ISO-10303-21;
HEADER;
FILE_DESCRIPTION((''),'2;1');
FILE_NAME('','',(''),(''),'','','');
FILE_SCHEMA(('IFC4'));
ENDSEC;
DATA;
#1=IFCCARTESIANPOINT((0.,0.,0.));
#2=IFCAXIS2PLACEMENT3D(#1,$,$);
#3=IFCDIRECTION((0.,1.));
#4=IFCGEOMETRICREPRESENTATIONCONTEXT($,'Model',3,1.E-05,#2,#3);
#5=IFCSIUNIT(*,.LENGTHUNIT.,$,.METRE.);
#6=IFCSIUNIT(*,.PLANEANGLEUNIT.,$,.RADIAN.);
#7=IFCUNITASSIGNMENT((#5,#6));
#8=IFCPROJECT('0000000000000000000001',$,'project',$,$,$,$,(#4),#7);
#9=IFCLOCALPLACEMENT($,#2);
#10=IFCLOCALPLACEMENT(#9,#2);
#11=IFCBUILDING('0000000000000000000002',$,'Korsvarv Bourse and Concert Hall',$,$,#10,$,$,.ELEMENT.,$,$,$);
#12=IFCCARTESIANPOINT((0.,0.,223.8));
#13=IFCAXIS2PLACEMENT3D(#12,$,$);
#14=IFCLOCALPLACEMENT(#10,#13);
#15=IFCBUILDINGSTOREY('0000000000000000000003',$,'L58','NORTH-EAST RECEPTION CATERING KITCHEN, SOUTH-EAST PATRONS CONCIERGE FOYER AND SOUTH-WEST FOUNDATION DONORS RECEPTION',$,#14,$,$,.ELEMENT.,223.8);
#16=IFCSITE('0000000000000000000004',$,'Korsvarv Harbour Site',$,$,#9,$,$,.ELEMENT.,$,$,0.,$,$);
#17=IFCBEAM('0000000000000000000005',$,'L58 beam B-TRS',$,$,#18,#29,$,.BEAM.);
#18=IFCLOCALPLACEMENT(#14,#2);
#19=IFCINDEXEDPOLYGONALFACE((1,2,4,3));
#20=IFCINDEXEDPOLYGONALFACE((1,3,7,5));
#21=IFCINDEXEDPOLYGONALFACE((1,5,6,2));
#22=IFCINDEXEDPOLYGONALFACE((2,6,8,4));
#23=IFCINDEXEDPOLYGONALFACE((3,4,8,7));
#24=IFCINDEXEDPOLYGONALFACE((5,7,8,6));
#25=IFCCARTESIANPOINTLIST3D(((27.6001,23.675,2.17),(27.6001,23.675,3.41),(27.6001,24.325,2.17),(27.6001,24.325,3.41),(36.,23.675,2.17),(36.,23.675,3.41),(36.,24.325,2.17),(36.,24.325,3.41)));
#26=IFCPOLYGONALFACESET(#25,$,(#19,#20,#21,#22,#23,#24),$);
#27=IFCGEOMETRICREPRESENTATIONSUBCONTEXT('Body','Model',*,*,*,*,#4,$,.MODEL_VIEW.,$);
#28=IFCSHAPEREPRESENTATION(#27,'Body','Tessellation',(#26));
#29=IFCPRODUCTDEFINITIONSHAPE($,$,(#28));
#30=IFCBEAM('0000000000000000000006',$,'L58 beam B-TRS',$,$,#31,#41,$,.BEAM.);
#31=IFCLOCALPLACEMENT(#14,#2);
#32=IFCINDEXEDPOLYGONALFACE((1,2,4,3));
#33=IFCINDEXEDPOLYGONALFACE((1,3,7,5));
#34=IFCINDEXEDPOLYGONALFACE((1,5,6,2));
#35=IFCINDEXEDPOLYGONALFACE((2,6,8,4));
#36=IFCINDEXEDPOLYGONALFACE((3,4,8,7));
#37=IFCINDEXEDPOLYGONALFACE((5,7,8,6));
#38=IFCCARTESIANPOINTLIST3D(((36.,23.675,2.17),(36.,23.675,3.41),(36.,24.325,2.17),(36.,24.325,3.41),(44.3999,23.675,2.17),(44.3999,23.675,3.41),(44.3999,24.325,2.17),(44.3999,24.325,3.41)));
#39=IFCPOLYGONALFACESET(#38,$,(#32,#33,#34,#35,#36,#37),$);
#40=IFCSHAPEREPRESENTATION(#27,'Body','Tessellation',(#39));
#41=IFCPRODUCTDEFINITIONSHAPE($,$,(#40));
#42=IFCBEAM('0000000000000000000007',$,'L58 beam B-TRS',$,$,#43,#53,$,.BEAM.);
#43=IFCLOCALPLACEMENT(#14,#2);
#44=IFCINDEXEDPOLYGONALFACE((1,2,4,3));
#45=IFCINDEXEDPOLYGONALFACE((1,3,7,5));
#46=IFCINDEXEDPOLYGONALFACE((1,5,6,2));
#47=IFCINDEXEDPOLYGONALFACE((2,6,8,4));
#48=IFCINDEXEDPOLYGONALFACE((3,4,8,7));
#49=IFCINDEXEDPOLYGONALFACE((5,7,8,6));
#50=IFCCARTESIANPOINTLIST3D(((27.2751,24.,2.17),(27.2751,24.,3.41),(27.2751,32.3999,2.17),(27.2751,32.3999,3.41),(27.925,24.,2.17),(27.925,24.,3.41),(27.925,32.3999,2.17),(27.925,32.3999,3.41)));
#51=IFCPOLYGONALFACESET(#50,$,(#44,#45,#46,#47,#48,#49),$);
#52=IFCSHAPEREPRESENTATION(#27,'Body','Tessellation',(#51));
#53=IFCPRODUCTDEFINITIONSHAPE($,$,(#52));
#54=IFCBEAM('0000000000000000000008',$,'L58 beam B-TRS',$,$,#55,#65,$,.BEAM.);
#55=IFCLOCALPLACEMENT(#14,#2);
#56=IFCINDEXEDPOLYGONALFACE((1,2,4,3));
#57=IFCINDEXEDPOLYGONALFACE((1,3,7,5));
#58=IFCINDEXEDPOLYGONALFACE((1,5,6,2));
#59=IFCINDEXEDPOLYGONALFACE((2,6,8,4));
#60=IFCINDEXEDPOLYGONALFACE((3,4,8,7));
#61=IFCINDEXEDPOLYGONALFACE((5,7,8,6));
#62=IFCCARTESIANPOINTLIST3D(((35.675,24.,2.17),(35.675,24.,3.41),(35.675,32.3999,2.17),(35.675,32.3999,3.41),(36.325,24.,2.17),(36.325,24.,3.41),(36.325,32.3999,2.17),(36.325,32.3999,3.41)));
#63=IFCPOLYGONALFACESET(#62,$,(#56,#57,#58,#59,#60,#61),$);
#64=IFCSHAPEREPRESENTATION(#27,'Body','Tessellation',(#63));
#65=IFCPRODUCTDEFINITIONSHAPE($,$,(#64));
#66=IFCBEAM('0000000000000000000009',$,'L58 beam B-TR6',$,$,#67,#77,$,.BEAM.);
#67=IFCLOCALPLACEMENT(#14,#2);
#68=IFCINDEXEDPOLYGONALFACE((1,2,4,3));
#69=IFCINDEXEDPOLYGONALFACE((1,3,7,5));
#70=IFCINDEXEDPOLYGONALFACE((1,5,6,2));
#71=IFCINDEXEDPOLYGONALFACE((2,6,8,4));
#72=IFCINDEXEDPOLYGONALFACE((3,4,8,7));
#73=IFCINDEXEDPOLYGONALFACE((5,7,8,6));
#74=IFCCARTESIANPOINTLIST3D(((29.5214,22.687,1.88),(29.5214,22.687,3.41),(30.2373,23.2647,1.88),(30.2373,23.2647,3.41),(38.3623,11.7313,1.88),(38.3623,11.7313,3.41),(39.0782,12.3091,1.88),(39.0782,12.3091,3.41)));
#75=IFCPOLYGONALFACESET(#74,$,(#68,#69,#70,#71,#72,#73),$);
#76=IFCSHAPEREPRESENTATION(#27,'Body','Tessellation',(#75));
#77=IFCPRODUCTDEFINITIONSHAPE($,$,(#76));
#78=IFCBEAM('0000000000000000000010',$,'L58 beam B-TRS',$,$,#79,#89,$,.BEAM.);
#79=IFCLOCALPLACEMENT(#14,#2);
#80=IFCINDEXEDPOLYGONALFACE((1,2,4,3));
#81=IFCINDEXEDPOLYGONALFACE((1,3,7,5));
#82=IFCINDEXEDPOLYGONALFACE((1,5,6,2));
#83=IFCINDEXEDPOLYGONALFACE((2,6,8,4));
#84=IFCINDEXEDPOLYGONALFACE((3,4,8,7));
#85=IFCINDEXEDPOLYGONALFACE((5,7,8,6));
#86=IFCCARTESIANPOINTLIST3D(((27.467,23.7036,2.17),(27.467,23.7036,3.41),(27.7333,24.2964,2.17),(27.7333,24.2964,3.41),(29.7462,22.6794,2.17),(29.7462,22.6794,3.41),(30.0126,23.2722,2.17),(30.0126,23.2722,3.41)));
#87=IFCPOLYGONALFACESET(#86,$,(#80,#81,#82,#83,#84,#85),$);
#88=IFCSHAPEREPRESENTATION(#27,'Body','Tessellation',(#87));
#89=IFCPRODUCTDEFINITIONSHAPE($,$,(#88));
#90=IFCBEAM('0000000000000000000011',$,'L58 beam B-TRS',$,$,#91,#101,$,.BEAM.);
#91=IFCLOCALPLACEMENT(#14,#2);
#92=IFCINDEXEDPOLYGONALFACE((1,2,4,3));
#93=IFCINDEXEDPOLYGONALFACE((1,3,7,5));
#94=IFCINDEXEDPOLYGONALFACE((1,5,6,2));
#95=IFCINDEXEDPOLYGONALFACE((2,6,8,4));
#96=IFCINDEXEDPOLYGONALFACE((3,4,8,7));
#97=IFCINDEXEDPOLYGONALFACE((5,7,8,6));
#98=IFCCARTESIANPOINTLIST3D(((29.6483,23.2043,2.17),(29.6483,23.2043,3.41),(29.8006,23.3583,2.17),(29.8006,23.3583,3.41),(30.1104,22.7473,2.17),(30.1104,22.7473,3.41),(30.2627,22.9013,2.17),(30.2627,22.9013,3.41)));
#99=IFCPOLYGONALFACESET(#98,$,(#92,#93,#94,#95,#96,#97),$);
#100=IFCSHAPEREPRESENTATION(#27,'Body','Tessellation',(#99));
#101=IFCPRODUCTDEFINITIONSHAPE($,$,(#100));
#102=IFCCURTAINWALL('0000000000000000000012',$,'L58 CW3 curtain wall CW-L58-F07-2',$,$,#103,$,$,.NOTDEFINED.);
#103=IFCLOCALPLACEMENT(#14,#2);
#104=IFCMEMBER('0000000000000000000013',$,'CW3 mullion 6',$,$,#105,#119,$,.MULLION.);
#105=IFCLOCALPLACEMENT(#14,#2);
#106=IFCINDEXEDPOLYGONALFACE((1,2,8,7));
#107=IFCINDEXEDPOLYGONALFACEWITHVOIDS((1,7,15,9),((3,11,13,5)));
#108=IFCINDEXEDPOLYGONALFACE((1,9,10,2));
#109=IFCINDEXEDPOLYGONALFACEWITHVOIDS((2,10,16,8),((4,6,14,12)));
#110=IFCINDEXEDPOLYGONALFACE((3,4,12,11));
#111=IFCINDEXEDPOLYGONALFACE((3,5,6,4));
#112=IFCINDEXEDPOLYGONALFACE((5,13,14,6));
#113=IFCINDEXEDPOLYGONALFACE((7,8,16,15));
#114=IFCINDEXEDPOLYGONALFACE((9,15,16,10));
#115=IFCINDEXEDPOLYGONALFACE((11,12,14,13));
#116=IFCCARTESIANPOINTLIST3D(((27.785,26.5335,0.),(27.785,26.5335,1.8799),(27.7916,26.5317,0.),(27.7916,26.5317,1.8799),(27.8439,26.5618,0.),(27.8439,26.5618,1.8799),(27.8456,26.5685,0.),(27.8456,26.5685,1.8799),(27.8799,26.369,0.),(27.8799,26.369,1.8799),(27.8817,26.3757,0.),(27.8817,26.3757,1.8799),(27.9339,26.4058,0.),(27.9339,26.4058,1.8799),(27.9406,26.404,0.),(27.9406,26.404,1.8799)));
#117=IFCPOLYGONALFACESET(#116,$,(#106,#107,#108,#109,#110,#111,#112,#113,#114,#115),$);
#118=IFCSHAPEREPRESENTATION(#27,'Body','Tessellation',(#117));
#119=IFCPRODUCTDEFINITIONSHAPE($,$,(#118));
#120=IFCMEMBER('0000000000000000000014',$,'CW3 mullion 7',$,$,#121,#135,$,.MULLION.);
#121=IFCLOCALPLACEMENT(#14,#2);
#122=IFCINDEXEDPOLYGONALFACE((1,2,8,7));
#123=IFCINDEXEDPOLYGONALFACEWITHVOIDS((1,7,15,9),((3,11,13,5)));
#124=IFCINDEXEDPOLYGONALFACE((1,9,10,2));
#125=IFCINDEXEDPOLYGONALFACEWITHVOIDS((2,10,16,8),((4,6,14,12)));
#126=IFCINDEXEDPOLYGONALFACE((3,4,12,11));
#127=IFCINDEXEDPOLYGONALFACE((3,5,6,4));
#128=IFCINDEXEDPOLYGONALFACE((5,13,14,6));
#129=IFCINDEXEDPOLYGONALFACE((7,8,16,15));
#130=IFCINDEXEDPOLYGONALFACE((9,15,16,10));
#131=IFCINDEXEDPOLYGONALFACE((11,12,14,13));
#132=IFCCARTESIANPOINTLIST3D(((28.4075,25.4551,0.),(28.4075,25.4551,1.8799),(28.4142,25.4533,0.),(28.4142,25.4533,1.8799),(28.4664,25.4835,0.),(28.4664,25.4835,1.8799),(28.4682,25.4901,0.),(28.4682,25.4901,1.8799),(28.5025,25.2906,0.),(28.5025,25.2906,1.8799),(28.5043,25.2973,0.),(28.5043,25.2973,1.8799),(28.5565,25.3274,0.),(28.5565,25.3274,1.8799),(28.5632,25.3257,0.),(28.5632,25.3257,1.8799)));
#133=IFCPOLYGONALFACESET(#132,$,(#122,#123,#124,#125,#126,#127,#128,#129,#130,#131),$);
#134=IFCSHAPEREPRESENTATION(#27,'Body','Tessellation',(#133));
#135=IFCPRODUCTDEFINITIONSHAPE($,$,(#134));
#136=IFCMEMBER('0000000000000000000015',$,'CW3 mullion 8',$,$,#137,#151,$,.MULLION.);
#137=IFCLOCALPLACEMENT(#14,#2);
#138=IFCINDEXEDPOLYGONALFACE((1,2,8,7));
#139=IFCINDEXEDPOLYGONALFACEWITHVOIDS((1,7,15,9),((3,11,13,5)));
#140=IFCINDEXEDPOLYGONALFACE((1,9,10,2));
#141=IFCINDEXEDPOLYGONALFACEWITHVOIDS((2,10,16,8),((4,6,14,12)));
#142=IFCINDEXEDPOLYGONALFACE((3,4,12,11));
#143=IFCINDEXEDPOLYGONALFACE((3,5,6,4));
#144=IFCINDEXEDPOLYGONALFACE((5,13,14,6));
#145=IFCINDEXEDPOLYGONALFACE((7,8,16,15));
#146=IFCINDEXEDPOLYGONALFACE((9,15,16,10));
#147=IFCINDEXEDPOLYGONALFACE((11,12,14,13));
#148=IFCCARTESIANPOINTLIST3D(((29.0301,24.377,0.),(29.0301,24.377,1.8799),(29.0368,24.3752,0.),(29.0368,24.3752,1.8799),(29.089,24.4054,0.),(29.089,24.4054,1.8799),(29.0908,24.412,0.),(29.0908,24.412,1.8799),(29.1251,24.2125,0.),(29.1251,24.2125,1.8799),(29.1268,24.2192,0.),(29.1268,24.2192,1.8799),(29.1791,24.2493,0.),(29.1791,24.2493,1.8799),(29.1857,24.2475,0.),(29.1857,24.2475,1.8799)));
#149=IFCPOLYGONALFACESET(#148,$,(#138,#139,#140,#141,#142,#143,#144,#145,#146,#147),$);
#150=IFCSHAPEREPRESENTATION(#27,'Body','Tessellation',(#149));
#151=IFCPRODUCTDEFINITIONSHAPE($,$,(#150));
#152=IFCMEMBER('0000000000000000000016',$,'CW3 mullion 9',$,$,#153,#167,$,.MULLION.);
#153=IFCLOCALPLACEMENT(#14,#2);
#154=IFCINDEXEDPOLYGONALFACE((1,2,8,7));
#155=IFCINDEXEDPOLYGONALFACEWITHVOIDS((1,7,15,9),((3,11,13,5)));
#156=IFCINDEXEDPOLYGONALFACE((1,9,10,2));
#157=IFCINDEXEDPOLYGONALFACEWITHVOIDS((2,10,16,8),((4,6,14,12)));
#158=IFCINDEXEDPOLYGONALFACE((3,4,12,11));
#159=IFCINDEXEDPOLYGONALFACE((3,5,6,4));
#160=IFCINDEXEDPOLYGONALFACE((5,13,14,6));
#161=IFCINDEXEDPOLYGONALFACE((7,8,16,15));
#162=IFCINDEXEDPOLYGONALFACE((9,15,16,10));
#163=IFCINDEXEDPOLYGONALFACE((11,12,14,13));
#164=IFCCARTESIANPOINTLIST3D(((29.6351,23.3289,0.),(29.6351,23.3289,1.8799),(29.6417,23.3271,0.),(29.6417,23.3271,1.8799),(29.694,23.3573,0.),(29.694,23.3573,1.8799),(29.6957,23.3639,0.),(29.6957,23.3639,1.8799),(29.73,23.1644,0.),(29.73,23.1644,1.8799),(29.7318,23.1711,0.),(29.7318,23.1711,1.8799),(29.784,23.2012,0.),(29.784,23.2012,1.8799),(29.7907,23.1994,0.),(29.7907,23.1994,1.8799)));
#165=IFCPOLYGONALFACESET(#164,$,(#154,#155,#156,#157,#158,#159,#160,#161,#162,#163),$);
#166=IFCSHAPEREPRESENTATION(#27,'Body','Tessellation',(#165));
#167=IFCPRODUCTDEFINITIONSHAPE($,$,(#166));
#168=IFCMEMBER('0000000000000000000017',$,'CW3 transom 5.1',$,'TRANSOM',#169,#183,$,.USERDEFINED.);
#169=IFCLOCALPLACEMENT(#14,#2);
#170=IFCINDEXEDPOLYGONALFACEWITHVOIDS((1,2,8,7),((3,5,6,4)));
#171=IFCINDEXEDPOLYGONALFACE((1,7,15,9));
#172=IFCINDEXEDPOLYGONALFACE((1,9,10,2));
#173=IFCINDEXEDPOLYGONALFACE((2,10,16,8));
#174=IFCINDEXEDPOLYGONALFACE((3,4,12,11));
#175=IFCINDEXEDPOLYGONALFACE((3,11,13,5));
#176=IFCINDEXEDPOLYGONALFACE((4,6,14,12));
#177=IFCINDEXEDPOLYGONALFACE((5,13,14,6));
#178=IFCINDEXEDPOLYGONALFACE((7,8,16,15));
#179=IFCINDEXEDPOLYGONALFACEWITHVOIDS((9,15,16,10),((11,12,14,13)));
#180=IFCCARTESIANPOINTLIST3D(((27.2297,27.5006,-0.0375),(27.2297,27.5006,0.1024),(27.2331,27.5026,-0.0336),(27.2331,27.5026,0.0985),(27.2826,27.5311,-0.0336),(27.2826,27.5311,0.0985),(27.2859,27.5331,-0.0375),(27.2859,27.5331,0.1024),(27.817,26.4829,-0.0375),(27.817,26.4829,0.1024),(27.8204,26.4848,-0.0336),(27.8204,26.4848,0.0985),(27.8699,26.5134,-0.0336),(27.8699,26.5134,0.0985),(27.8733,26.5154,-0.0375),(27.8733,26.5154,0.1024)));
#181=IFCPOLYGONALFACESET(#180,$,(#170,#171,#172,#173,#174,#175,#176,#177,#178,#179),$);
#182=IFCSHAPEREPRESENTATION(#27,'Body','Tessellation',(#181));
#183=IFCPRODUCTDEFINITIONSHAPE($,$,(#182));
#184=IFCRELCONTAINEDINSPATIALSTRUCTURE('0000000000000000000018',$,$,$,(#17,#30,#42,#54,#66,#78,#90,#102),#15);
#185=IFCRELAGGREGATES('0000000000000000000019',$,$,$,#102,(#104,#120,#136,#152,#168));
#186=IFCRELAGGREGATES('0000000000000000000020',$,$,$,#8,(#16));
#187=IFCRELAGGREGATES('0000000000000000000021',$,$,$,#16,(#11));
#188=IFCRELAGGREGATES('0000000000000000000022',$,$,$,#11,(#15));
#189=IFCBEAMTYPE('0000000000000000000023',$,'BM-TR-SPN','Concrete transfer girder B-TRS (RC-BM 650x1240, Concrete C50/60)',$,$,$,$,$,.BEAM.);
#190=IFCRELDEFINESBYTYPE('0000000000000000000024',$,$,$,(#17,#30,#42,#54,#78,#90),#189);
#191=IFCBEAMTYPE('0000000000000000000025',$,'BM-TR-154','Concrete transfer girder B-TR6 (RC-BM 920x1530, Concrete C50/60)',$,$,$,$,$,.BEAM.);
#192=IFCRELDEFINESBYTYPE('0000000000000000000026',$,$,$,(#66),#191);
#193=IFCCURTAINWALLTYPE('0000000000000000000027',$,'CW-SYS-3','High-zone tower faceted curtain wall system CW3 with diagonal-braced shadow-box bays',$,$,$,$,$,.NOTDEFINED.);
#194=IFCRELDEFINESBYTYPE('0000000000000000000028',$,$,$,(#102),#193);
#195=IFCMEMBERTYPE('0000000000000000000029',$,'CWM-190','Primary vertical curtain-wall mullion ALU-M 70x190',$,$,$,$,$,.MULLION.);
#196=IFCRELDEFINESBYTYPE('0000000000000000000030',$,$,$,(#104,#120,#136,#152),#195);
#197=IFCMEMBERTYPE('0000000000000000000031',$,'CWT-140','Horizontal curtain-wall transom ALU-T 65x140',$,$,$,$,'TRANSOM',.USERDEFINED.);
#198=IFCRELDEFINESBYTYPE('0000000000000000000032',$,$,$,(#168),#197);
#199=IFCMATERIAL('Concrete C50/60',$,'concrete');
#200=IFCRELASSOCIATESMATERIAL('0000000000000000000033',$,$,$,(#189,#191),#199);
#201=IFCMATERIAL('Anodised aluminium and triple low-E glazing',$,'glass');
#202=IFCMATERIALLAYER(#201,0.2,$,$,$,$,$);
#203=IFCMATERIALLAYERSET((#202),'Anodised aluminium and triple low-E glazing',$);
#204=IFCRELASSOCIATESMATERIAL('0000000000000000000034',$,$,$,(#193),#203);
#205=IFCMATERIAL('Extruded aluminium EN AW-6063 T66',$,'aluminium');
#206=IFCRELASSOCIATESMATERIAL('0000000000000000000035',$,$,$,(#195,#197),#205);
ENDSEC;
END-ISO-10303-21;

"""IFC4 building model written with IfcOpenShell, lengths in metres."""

from ifc_helpers import new_model, si_unit, direction, frame, origin, origin_2d, place, context, subcontext, project, spatial, rectangle, hollow_rectangle, extrude, source, transform, mapped, material, layer, layer_set, material_profile, profile_set, type_object, element, aggregate, save


model = new_model("IFC4")

# Units and contexts
model_context = context("Model", 3, precision=1e-05, world=origin(), true_north=direction((0.0, 1.0)))
body_context = subcontext(model_context, "Body", "Model", "MODEL_VIEW")
ifc_project = project(units=[si_unit("LENGTHUNIT", "METRE"), si_unit("PLANEANGLEUNIT", "RADIAN")], contexts=[model_context])

# Site, building, storey
site_placement = place(None, origin())
site = spatial("IfcSite", under=ifc_project, at=site_placement, Name="Korsvarv Harbour Site", CompositionType="ELEMENT", RefElevation=0.0)
building_placement = place(site_placement, origin())
building = spatial("IfcBuilding", under=site, at=building_placement, Name="Korsvarv Bourse and Concert Hall", CompositionType="ELEMENT")
storey_placement = place(building_placement, frame((0.0, 0.0, 223.8)))
storey = spatial("IfcBuildingStorey", under=building, at=storey_placement, Name="L58", Description="NORTH-EAST RECEPTION CATERING KITCHEN, SOUTH-EAST PATRONS CONCIERGE FOYER AND SOUTH-WEST FOUNDATION DONORS RECEPTION", CompositionType="ELEMENT", Elevation=223.8)

# Beams
ifc_material_1 = material(Name="Concrete C50/60", Category="concrete")
ifc_material_profile_1 = material_profile(ifc_material_1, rectangle(XDim=0.6499, YDim=1.24, at=origin_2d()), Name="RC-BM 650x1240")
ifc_profile_set_1 = profile_set([ifc_material_profile_1], Name="Concrete C50/60")
beam_type_1 = type_object("IfcBeamType", Name="BM-TR-SPN", Description="Concrete transfer girder B-TRS (RC-BM 650x1240, Concrete C50/60)", PredefinedType="BEAM", material=ifc_profile_set_1)
shared_shape_1 = source(origin(), body_context, "Body", "SweptSolid", [
    extrude(rectangle(XDim=0.6499, YDim=1.24, at=origin_2d()), origin(), (0.0, 0.0, 1.0), 8.3999),
])
for number, where, z_axis, x_axis, name in (
    (1, (27.6001, 24.0, 2.79), (1.0, 0.0, 0.0), (0.0, 1.0, 0.0), "L58 beam B-TRS"),
    (2, (36.0, 24.0, 2.79), (1.0, 0.0, 0.0), (0.0, 1.0, 0.0), "L58 beam B-TRS"),
    (3, (27.6001, 24.0, 2.79), (0.0, 1.0, 0.0), (-1.0, 0.0, 0.0), "L58 beam B-TRS"),
    (4, (36.0, 24.0, 2.79), (0.0, 1.0, 0.0), (-1.0, 0.0, 0.0), "L58 beam B-TRS"),
):
    element("IfcBeam", number, at=place(storey_placement, frame(where, z_axis=z_axis, x_axis=x_axis)), inside=storey, type_object=beam_type_1, Name=name, PredefinedType="BEAM", context=body_context, shape_type="MappedRepresentation", body=[
        mapped(shared_shape_1, transform((0.0, 0.0, 0.0), scale=1.0)),
    ])
ifc_material_profile_2 = material_profile(ifc_material_1, rectangle(XDim=0.9199, YDim=1.53, at=origin_2d()), Name="RC-BM 920x1530")
ifc_profile_set_2 = profile_set([ifc_material_profile_2], Name="Concrete C50/60")
beam_type_2 = type_object("IfcBeamType", Name="BM-TR-154", Description="Concrete transfer girder B-TR6 (RC-BM 920x1530, Concrete C50/60)", PredefinedType="BEAM", material=ifc_profile_set_2)
shared_shape_2 = source(origin(), body_context, "Body", "SweptSolid", [
    extrude(rectangle(XDim=0.9199, YDim=1.53, at=origin_2d()), origin(), (0.0, 0.0, 1.0), 14.0779),
])
beam_1_placement = place(storey_placement, frame((29.8794, 22.9758, 2.645), z_axis=(0.627997, -0.778216, 0.0), x_axis=(0.778216, 0.627997, 0.0)))
element("IfcBeam", 5, at=beam_1_placement, inside=storey, type_object=beam_type_2, Name="L58 beam B-TR6", PredefinedType="BEAM", context=body_context, shape_type="MappedRepresentation", body=[
    mapped(shared_shape_2, transform((0.0, 0.0, 0.0), scale=1.0)),
])
shared_shape_3 = source(origin(), body_context, "Body", "SweptSolid", [
    extrude(rectangle(XDim=0.6499, YDim=1.24, at=origin_2d()), origin(), (0.0, 0.0, 1.0), 2.4988),
])
beam_2_placement = place(storey_placement, frame((29.8794, 22.9758, 2.79), z_axis=(-0.912148, 0.409861, 0.0), x_axis=(-0.409861, -0.912148, 0.0)))
element("IfcBeam", 6, at=beam_2_placement, inside=storey, type_object=beam_type_1, Name="L58 beam B-TRS", PredefinedType="BEAM", context=body_context, shape_type="MappedRepresentation", body=[
    mapped(shared_shape_3, transform((0.0, 0.0, 0.0), scale=1.0)),
])
shared_shape_4 = source(origin(), body_context, "Body", "SweptSolid", [
    extrude(rectangle(XDim=0.6499, YDim=1.24, at=origin_2d()), origin(), (0.0, 0.0, 1.0), 0.2166),
])
beam_3_placement = place(storey_placement, frame((29.8794, 22.9758, 2.79), z_axis=(0.703152, 0.71104, 0.0), x_axis=(-0.71104, 0.703152, 0.0)))
element("IfcBeam", 7, at=beam_3_placement, inside=storey, type_object=beam_type_1, Name="L58 beam B-TRS", PredefinedType="BEAM", context=body_context, shape_type="MappedRepresentation", body=[
    mapped(shared_shape_4, transform((0.0, 0.0, 0.0), scale=1.0)),
])

# Curtain wall, members
ifc_material_2 = material(Name="Anodised aluminium and triple low-E glazing", Category="glass")
ifc_layer_1 = layer(ifc_material_2, 0.2)
ifc_layer_set_1 = layer_set([ifc_layer_1], Name="Anodised aluminium and triple low-E glazing")
curtain_wall_type = type_object("IfcCurtainWallType", Name="CW-SYS-3", Description="High-zone tower faceted curtain wall system CW3 with diagonal-braced shadow-box bays", PredefinedType="NOTDEFINED", material=ifc_layer_set_1)
curtain_wall_placement = place(storey_placement, origin())
curtain_wall = element("IfcCurtainWall", 8, at=curtain_wall_placement, inside=storey, type_object=curtain_wall_type, Name="L58 CW3 curtain wall CW-L58-F07-2", PredefinedType="NOTDEFINED")
ifc_material_3 = material(Name="Extruded aluminium EN AW-6063 T66", Category="aluminium")
ifc_material_profile_3 = material_profile(ifc_material_3, hollow_rectangle(XDim=0.0701, YDim=0.1899, WallThickness=0.0049, at=origin_2d()), Name="ALU-M 70x190")
ifc_profile_set_3 = profile_set([ifc_material_profile_3], Name="Extruded aluminium EN AW-6063 T66")
member_type_1 = type_object("IfcMemberType", Name="CWM-190", Description="Primary vertical curtain-wall mullion ALU-M 70x190", PredefinedType="MULLION", material=ifc_profile_set_3)
shared_shape_5 = source(origin(), body_context, "Body", "SweptSolid", [
    extrude(hollow_rectangle(XDim=0.0701, YDim=0.1899, WallThickness=0.0049, at=origin_2d()), origin(), (0.0, 0.0, 1.0), 1.8799),
])
member_1_placement = place(storey_placement, frame((27.8628, 26.4688, 0.0), z_axis=(0.0, 0.0, 1.0), x_axis=(0.866028, 0.499996, 0.0)))
member_1 = element("IfcMember", 9, at=member_1_placement, type_object=member_type_1, Name="CW3 mullion 6", PredefinedType="MULLION", context=body_context, shape_type="MappedRepresentation", body=[
    mapped(shared_shape_5, transform((0.0, 0.0, 0.0), scale=1.0)),
])
member_2_placement = place(storey_placement, frame((28.4854, 25.3904, 0.0), z_axis=(0.0, 0.0, 1.0), x_axis=(0.866028, 0.499996, 0.0)))
member_2 = element("IfcMember", 10, at=member_2_placement, type_object=member_type_1, Name="CW3 mullion 7", PredefinedType="MULLION", context=body_context, shape_type="MappedRepresentation", body=[
    mapped(shared_shape_5, transform((0.0, 0.0, 0.0), scale=1.0)),
])
member_3_placement = place(storey_placement, frame((29.1079, 24.3123, 0.0), z_axis=(0.0, 0.0, 1.0), x_axis=(0.866028, 0.499996, 0.0)))
member_3 = element("IfcMember", 11, at=member_3_placement, type_object=member_type_1, Name="CW3 mullion 8", PredefinedType="MULLION", context=body_context, shape_type="MappedRepresentation", body=[
    mapped(shared_shape_5, transform((0.0, 0.0, 0.0), scale=1.0)),
])
member_4_placement = place(storey_placement, frame((29.7129, 23.2642, 0.0), z_axis=(0.0, 0.0, 1.0), x_axis=(0.866028, 0.499996, 0.0)))
member_4 = element("IfcMember", 12, at=member_4_placement, type_object=member_type_1, Name="CW3 mullion 9", PredefinedType="MULLION", context=body_context, shape_type="MappedRepresentation", body=[
    mapped(shared_shape_5, transform((0.0, 0.0, 0.0), scale=1.0)),
])
ifc_material_profile_4 = material_profile(ifc_material_3, hollow_rectangle(XDim=0.0649, YDim=0.1399, WallThickness=0.0039, at=origin_2d()), Name="ALU-T 65x140")
ifc_profile_set_4 = profile_set([ifc_material_profile_4], Name="Extruded aluminium EN AW-6063 T66")
member_type_2 = type_object("IfcMemberType", Name="CWT-140", Description="Horizontal curtain-wall transom ALU-T 65x140", ElementType="TRANSOM", PredefinedType="USERDEFINED", material=ifc_profile_set_4)
shared_shape_6 = source(origin(), body_context, "Body", "SweptSolid", [
    extrude(hollow_rectangle(XDim=0.0649, YDim=0.1399, WallThickness=0.0039, at=origin_2d()), origin(), (0.0, 0.0, 1.0), 1.175),
])
member_5_placement = place(storey_placement, frame((27.2578, 27.5168, 0.0325), z_axis=(0.499848, -0.866113, 0.0), x_axis=(0.866113, 0.499848, 0.0)))
member_5 = element("IfcMember", 13, at=member_5_placement, type_object=member_type_2, Name="CW3 transom 5.1", ObjectType="TRANSOM", PredefinedType="USERDEFINED", context=body_context, shape_type="MappedRepresentation", body=[
    mapped(shared_shape_6, transform((0.0, 0.0, 0.0), scale=1.0)),
])
aggregate(curtain_wall, [member_1, member_2, member_3, member_4, member_5])

save(model, "model.ifc")
